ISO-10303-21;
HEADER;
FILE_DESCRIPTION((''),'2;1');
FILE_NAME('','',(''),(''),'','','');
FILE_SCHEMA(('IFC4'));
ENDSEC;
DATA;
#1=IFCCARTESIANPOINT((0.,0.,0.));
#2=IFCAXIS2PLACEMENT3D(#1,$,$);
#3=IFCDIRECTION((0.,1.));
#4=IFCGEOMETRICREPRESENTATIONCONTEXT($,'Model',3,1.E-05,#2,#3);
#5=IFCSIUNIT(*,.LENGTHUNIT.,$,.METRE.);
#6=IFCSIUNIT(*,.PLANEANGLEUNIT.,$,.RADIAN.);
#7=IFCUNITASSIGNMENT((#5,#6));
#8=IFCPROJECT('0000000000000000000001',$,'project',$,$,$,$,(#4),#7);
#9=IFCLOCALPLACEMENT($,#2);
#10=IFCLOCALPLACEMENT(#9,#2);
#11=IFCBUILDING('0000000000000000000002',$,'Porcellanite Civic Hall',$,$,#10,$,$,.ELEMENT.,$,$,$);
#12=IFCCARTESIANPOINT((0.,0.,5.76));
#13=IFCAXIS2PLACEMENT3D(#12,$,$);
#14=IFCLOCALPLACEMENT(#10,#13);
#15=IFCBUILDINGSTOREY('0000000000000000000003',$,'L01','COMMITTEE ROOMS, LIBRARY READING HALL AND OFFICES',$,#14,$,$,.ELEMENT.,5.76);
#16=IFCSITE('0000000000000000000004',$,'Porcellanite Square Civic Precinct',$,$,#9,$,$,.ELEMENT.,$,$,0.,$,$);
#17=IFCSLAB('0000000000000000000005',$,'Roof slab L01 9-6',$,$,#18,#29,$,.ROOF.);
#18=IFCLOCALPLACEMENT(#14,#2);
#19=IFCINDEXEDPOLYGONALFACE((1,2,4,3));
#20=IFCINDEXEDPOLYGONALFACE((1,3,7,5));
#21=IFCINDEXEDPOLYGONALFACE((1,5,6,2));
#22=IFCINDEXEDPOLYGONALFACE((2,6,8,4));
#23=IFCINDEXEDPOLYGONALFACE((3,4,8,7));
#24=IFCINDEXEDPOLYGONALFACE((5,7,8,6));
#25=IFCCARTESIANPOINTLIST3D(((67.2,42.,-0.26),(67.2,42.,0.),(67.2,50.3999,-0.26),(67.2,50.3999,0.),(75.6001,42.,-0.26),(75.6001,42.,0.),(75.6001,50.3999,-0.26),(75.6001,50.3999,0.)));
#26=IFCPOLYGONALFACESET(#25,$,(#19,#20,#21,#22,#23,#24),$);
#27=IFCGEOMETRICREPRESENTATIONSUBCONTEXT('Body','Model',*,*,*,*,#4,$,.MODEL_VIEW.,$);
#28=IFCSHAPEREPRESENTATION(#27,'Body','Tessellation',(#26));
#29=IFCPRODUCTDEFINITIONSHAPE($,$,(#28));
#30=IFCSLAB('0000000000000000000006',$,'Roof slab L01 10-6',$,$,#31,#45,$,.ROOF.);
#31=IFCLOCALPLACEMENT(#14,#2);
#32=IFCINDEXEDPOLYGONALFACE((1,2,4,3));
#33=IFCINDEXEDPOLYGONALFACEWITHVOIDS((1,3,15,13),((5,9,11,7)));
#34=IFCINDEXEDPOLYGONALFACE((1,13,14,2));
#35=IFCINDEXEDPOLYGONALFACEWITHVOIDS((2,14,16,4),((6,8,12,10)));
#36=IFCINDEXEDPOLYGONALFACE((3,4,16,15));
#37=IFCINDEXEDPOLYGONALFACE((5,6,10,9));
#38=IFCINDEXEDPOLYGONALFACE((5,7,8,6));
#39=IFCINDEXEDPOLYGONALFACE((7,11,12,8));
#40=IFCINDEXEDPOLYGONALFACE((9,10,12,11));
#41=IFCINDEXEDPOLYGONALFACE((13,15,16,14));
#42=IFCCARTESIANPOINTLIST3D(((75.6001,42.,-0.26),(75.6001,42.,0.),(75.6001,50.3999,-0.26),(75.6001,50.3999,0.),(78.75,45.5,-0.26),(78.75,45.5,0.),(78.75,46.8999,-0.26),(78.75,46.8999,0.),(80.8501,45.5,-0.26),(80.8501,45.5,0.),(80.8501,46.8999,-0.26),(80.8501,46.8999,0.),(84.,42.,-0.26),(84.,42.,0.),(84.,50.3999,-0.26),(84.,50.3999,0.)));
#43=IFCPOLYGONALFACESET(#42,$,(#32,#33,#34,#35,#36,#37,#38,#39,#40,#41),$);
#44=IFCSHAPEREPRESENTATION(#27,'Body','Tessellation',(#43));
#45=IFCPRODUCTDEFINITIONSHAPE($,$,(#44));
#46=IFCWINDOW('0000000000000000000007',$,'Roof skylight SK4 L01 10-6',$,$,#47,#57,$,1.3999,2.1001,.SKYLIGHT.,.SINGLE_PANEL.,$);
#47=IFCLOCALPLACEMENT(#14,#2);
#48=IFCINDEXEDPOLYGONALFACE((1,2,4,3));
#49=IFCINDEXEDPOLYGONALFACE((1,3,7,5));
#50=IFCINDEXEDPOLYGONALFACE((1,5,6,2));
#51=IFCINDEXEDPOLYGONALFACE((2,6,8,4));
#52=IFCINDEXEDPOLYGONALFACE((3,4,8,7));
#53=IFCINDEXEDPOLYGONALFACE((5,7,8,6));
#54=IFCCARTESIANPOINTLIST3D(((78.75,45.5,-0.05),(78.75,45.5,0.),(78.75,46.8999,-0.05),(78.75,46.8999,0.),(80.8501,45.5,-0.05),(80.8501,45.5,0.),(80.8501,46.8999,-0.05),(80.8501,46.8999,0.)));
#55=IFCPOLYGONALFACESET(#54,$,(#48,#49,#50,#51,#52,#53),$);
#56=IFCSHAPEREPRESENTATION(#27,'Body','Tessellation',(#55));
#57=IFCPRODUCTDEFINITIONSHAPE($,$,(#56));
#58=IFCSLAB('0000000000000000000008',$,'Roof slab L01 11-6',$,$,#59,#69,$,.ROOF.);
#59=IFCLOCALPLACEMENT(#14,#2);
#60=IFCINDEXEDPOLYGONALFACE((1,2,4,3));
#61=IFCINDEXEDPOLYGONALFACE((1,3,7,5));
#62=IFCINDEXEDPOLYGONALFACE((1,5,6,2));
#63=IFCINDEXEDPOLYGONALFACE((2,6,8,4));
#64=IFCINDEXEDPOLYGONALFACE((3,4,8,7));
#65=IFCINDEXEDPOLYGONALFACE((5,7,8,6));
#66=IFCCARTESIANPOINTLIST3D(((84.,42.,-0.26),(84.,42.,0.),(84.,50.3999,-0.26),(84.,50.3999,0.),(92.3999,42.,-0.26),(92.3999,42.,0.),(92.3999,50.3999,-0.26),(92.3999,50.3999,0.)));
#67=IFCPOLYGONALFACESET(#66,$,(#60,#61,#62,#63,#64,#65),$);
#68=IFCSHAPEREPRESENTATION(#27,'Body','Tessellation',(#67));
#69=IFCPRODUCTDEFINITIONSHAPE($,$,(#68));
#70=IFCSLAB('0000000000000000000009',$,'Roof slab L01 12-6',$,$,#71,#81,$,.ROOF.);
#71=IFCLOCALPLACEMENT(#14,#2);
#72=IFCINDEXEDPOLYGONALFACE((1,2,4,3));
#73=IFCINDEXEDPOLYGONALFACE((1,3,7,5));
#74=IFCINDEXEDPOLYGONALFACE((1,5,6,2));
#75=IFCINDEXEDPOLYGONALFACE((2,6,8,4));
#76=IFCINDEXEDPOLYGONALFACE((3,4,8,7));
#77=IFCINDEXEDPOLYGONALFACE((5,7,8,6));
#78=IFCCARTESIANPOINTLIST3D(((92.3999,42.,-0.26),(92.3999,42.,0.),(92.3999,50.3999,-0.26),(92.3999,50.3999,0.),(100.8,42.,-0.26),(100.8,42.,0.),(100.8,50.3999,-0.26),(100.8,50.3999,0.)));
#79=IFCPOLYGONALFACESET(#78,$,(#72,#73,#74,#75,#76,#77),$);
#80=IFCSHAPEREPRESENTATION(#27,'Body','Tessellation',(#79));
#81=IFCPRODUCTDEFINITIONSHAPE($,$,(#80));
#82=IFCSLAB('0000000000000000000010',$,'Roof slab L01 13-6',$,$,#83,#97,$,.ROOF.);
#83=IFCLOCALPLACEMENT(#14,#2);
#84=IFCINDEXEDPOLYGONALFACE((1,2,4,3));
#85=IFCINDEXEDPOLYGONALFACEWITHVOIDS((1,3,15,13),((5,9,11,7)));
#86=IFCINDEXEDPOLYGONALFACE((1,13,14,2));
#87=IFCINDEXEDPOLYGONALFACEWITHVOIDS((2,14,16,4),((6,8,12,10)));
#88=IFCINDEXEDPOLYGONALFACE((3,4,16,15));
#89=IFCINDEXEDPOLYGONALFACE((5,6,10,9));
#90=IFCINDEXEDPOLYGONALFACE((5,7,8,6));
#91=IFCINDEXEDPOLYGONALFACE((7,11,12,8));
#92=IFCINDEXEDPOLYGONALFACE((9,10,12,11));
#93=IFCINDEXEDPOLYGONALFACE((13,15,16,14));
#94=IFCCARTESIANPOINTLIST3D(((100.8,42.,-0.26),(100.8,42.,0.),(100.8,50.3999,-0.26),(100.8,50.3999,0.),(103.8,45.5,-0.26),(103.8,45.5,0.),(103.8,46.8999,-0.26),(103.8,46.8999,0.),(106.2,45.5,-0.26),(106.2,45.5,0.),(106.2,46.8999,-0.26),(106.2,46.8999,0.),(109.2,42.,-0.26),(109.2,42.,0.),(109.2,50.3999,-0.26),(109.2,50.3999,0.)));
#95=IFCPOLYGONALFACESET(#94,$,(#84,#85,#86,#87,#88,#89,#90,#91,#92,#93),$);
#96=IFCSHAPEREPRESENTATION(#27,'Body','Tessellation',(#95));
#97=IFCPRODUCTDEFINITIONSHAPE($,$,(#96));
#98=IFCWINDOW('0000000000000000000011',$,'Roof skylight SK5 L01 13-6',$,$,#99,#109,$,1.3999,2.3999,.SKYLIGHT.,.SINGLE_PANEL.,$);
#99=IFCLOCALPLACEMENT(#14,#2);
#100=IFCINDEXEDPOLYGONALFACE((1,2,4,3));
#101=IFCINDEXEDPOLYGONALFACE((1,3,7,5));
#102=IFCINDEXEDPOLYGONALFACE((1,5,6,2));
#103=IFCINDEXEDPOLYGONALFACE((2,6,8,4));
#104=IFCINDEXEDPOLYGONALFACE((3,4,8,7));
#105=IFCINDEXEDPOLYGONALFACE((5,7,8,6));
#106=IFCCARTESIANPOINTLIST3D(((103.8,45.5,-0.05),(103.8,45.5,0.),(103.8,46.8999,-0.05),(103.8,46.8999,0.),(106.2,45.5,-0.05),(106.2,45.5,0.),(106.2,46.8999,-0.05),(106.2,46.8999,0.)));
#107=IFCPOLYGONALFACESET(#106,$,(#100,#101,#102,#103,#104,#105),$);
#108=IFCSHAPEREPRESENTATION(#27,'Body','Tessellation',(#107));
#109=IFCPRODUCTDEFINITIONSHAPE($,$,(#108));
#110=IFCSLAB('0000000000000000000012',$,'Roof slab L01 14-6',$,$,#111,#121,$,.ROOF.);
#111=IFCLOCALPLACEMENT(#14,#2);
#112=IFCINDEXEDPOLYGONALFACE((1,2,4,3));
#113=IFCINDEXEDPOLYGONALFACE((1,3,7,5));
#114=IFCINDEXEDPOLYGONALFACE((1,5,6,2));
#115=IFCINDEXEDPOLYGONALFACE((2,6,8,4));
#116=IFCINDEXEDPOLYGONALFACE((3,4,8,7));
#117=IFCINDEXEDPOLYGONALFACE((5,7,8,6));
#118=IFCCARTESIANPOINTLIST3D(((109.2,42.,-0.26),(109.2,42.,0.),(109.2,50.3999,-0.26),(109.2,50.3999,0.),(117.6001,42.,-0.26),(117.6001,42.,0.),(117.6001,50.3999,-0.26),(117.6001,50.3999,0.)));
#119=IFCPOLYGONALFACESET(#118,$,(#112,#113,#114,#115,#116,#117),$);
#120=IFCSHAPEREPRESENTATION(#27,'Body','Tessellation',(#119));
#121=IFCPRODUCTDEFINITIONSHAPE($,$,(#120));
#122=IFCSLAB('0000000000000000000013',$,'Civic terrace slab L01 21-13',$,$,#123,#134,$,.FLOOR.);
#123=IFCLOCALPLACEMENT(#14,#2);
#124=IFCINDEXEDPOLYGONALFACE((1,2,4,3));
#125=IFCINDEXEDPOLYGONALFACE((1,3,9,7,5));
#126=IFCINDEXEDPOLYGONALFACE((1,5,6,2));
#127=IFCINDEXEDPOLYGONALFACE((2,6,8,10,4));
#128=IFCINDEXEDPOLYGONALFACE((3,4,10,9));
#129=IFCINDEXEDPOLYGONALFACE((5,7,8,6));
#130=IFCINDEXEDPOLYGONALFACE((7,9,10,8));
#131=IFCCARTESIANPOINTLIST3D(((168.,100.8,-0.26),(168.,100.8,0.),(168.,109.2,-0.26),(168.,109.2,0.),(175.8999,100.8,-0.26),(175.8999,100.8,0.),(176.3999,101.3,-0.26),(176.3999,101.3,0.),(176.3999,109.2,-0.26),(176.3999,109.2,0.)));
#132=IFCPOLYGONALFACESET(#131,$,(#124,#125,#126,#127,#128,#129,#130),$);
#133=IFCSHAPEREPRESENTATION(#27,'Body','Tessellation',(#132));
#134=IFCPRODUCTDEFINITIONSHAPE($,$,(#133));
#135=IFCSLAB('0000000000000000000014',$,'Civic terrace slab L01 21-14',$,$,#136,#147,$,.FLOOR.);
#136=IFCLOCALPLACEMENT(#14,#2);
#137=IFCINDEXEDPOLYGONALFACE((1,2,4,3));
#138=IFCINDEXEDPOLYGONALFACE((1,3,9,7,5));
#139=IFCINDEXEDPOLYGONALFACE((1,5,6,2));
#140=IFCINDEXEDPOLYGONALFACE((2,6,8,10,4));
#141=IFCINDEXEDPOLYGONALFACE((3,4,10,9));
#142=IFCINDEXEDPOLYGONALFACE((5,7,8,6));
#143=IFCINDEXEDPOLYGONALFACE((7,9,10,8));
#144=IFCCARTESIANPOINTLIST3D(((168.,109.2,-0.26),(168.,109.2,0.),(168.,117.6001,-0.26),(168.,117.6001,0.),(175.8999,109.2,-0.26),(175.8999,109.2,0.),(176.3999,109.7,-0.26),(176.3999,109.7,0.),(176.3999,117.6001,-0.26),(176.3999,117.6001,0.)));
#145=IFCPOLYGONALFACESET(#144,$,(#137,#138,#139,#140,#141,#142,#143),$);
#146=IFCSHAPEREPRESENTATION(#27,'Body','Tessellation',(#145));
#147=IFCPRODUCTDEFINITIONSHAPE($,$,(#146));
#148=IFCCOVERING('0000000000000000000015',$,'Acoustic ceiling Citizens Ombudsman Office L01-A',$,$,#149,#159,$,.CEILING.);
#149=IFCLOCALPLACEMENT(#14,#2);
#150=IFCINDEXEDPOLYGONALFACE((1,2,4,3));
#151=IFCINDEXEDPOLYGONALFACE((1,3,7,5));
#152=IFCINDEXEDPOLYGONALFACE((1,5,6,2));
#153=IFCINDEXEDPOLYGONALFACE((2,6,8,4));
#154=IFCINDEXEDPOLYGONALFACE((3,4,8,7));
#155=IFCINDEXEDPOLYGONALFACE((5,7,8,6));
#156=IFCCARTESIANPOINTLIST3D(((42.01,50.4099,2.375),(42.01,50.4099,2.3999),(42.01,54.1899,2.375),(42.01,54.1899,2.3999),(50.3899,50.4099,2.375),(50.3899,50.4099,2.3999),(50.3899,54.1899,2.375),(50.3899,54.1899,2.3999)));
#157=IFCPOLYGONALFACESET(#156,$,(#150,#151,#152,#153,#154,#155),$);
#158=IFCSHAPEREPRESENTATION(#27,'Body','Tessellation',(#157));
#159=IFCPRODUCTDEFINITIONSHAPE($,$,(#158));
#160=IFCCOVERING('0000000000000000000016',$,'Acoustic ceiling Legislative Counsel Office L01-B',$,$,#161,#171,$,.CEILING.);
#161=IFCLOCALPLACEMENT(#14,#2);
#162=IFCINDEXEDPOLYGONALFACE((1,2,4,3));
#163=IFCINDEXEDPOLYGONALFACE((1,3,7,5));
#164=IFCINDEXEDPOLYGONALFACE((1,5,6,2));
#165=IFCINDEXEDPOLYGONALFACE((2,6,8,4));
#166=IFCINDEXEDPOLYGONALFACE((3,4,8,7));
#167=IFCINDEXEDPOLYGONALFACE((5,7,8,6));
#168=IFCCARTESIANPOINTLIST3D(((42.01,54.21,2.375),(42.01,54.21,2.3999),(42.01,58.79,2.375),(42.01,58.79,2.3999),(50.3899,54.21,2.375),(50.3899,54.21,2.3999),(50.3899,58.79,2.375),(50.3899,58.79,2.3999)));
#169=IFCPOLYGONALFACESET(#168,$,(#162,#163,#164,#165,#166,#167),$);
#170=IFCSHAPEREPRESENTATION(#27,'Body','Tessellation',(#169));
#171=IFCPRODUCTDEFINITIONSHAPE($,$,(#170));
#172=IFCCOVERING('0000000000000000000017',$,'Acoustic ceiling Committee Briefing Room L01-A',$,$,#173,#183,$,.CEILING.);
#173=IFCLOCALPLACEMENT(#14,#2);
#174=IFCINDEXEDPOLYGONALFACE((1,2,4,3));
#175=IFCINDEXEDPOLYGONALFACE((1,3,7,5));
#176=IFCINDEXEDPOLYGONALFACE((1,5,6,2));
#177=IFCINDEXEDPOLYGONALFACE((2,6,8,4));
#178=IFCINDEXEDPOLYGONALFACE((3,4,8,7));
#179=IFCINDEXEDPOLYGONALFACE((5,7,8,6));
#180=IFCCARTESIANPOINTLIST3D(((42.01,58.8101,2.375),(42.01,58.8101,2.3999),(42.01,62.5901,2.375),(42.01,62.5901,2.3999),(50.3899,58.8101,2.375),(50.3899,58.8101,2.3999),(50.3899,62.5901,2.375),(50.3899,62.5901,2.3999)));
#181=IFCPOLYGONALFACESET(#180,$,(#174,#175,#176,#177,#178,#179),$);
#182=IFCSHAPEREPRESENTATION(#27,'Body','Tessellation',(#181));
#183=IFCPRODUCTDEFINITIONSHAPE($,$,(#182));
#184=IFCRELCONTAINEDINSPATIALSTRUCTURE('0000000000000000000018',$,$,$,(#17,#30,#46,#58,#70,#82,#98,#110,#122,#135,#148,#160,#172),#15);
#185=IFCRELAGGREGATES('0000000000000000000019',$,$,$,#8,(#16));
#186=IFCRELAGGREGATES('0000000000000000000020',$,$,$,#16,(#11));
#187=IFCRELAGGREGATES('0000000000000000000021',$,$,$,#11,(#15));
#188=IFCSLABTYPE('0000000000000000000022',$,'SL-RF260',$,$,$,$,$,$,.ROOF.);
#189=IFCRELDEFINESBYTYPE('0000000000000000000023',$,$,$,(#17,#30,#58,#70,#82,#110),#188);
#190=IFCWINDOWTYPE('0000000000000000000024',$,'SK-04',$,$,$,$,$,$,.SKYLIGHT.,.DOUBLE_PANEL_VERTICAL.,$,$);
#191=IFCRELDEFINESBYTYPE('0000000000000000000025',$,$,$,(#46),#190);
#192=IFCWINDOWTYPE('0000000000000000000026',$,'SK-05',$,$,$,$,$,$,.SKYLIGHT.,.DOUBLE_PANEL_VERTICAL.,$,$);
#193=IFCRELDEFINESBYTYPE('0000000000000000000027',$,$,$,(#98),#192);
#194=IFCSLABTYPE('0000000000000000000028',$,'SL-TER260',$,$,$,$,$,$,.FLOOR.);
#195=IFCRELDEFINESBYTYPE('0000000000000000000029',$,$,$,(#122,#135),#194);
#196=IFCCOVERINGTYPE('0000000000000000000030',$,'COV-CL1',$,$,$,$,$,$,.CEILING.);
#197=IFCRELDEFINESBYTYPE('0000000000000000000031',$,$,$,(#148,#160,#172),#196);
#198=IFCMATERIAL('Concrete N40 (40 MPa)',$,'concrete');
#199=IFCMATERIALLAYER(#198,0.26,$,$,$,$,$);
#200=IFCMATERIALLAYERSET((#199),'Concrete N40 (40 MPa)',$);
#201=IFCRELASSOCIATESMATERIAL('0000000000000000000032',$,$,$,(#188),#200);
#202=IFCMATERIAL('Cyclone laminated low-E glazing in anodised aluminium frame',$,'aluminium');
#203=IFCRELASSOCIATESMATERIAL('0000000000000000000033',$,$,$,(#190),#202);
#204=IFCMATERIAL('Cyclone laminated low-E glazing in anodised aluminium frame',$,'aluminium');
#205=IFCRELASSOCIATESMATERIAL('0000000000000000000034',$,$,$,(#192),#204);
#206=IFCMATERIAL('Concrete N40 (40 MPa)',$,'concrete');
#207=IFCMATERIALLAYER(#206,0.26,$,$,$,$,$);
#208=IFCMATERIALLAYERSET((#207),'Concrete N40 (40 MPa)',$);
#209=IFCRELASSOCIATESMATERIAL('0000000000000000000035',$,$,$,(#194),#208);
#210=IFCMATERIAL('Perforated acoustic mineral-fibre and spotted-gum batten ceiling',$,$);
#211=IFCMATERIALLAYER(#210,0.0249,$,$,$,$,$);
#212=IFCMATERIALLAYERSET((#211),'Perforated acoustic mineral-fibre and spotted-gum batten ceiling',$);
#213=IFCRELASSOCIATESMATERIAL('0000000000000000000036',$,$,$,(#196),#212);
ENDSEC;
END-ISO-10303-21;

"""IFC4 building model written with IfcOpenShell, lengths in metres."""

from ifc_helpers import new_model, si_unit, direction, frame, origin, origin_2d, place, context, subcontext, project, spatial, polyline, rectangle, outline, extrude, material, layer, layer_set, type_object, element, fill, save


model = new_model("IFC4")

# Units and contexts
model_context = context("Model", 3, precision=1e-05, world=origin(), true_north=direction((0.0, 1.0)))
body_context = subcontext(model_context, "Body", "Model", "MODEL_VIEW")
ifc_project = project(units=[si_unit("LENGTHUNIT", "METRE"), si_unit("PLANEANGLEUNIT", "RADIAN")], contexts=[model_context])

# Site, building, storey
site_placement = place(None, origin())
site = spatial("IfcSite", under=ifc_project, at=site_placement, Name="Porcellanite Square Civic Precinct", CompositionType="ELEMENT", RefElevation=0.0)
building_placement = place(site_placement, origin())
building = spatial("IfcBuilding", under=site, at=building_placement, Name="Porcellanite Civic Hall", CompositionType="ELEMENT")
storey_placement = place(building_placement, frame((0.0, 0.0, 5.76)))
storey = spatial("IfcBuildingStorey", under=building, at=storey_placement, Name="L01", Description="COMMITTEE ROOMS, LIBRARY READING HALL AND OFFICES", CompositionType="ELEMENT", Elevation=5.76)

# Slab
ifc_material_1 = material(Name="Concrete N40 (40 MPa)", Category="concrete")
ifc_layer_1 = layer(ifc_material_1, 0.26)
ifc_layer_set_1 = layer_set([ifc_layer_1], Name="Concrete N40 (40 MPa)")
slab_type_1 = type_object("IfcSlabType", Name="SL-RF260", PredefinedType="ROOF", material=ifc_layer_set_1)
slab_1_placement = place(storey_placement, frame((0.0, 0.0, -0.26)))
element("IfcSlab", 1, at=slab_1_placement, inside=storey, type_object=slab_type_1, Name="Roof slab L01 9-6", PredefinedType="ROOF", context=body_context, shape_type="SweptSolid", body=[
    extrude(outline(polyline([(67.2, 42.0), (75.6001, 42.0), (75.6001, 50.3999), (67.2, 50.3999), (67.2, 42.0)])), origin(), (0.0, 0.0, 1.0), 0.26),
])

# Slab, opening, window
slab_2_placement = place(storey_placement, frame((0.0, 0.0, -0.26)))
slab_2 = element("IfcSlab", 2, at=slab_2_placement, inside=storey, type_object=slab_type_1, Name="Roof slab L01 10-6", PredefinedType="ROOF", context=body_context, shape_type="SweptSolid", body=[
    extrude(outline(polyline([(75.6001, 42.0), (84.0, 42.0), (84.0, 50.3999), (75.6001, 50.3999), (75.6001, 42.0)])), origin(), (0.0, 0.0, 1.0), 0.26),
])
opening_1_placement = place(slab_2_placement, frame((79.8, 46.2, 0.0)))
opening_1 = element("IfcOpeningElement", 3, at=opening_1_placement, cuts=slab_2, PredefinedType="OPENING", context=body_context, shape_type="SweptSolid", body=[
    extrude(rectangle(XDim=2.1001, YDim=1.3999, at=origin_2d()), origin(), (0.0, 0.0, 1.0), 0.26),
])
ifc_material_2 = material(Name="Cyclone laminated low-E glazing in anodised aluminium frame", Category="aluminium")
window_type_1 = type_object("IfcWindowType", Name="SK-04", PartitioningType="DOUBLE_PANEL_VERTICAL", PredefinedType="SKYLIGHT", material=ifc_material_2)
window_1_placement = place(opening_1_placement, frame((0.0, 0.0, 0.21)))
window_1 = element("IfcWindow", 4, at=window_1_placement, inside=storey, type_object=window_type_1, Name="Roof skylight SK4 L01 10-6", OverallHeight=1.3999, OverallWidth=2.1001, PartitioningType="SINGLE_PANEL", PredefinedType="SKYLIGHT", context=body_context, shape_type="SweptSolid", body=[
    extrude(rectangle(XDim=2.1001, YDim=1.3999, at=origin_2d()), origin(), (0.0, 0.0, 1.0), 0.05),
])
fill(opening_1, window_1)

# Slabs
slab_3_placement = place(storey_placement, frame((0.0, 0.0, -0.26)))
element("IfcSlab", 5, at=slab_3_placement, inside=storey, type_object=slab_type_1, Name="Roof slab L01 11-6", PredefinedType="ROOF", context=body_context, shape_type="SweptSolid", body=[
    extrude(outline(polyline([(84.0, 42.0), (92.3999, 42.0), (92.3999, 50.3999), (84.0, 50.3999), (84.0, 42.0)])), origin(), (0.0, 0.0, 1.0), 0.26),
])
slab_4_placement = place(storey_placement, frame((0.0, 0.0, -0.26)))
element("IfcSlab", 6, at=slab_4_placement, inside=storey, type_object=slab_type_1, Name="Roof slab L01 12-6", PredefinedType="ROOF", context=body_context, shape_type="SweptSolid", body=[
    extrude(outline(polyline([(92.3999, 42.0), (100.8, 42.0), (100.8, 50.3999), (92.3999, 50.3999), (92.3999, 42.0)])), origin(), (0.0, 0.0, 1.0), 0.26),
])

# Slab, opening, window
slab_5_placement = place(storey_placement, frame((0.0, 0.0, -0.26)))
slab_5 = element("IfcSlab", 7, at=slab_5_placement, inside=storey, type_object=slab_type_1, Name="Roof slab L01 13-6", PredefinedType="ROOF", context=body_context, shape_type="SweptSolid", body=[
    extrude(outline(polyline([(100.8, 42.0), (109.2, 42.0), (109.2, 50.3999), (100.8, 50.3999), (100.8, 42.0)])), origin(), (0.0, 0.0, 1.0), 0.26),
])
opening_2_placement = place(slab_5_placement, frame((105.0, 46.2, 0.0)))
opening_2 = element("IfcOpeningElement", 8, at=opening_2_placement, cuts=slab_5, PredefinedType="OPENING", context=body_context, shape_type="SweptSolid", body=[
    extrude(rectangle(XDim=2.3999, YDim=1.3999, at=origin_2d()), origin(), (0.0, 0.0, 1.0), 0.26),
])
ifc_material_3 = material(Name="Cyclone laminated low-E glazing in anodised aluminium frame", Category="aluminium")
window_type_2 = type_object("IfcWindowType", Name="SK-05", PartitioningType="DOUBLE_PANEL_VERTICAL", PredefinedType="SKYLIGHT", material=ifc_material_3)
window_2_placement = place(opening_2_placement, frame((0.0, 0.0, 0.21)))
window_2 = element("IfcWindow", 9, at=window_2_placement, inside=storey, type_object=window_type_2, Name="Roof skylight SK5 L01 13-6", OverallHeight=1.3999, OverallWidth=2.3999, PartitioningType="SINGLE_PANEL", PredefinedType="SKYLIGHT", context=body_context, shape_type="SweptSolid", body=[
    extrude(rectangle(XDim=2.3999, YDim=1.3999, at=origin_2d()), origin(), (0.0, 0.0, 1.0), 0.05),
])
fill(opening_2, window_2)

# Slabs
slab_6_placement = place(storey_placement, frame((0.0, 0.0, -0.26)))
element("IfcSlab", 10, at=slab_6_placement, inside=storey, type_object=slab_type_1, Name="Roof slab L01 14-6", PredefinedType="ROOF", context=body_context, shape_type="SweptSolid", body=[
    extrude(outline(polyline([(109.2, 42.0), (117.6001, 42.0), (117.6001, 50.3999), (109.2, 50.3999), (109.2, 42.0)])), origin(), (0.0, 0.0, 1.0), 0.26),
])
ifc_material_4 = material(Name="Concrete N40 (40 MPa)", Category="concrete")
ifc_layer_2 = layer(ifc_material_4, 0.26)
ifc_layer_set_2 = layer_set([ifc_layer_2], Name="Concrete N40 (40 MPa)")
slab_type_2 = type_object("IfcSlabType", Name="SL-TER260", PredefinedType="FLOOR", material=ifc_layer_set_2)
slab_7_placement = place(storey_placement, frame((0.0, 0.0, -0.26)))
element("IfcSlab", 11, at=slab_7_placement, inside=storey, type_object=slab_type_2, Name="Civic terrace slab L01 21-13", PredefinedType="FLOOR", context=body_context, shape_type="SweptSolid", body=[
    extrude(outline(polyline([(168.0, 100.8), (175.8999, 100.8), (176.3999, 101.3), (176.3999, 109.2), (168.0, 109.2), (168.0, 100.8)])), origin(), (0.0, 0.0, 1.0), 0.26),
])
slab_8_placement = place(storey_placement, frame((0.0, 0.0, -0.26)))
element("IfcSlab", 12, at=slab_8_placement, inside=storey, type_object=slab_type_2, Name="Civic terrace slab L01 21-14", PredefinedType="FLOOR", context=body_context, shape_type="SweptSolid", body=[
    extrude(outline(polyline([(168.0, 109.2), (175.8999, 109.2), (176.3999, 109.7), (176.3999, 117.6001), (168.0, 117.6001), (168.0, 109.2)])), origin(), (0.0, 0.0, 1.0), 0.26),
])

# Coverings
ifc_material_5 = material(Name="Perforated acoustic mineral-fibre and spotted-gum batten ceiling")
ifc_layer_3 = layer(ifc_material_5, 0.0249)
ifc_layer_set_3 = layer_set([ifc_layer_3], Name="Perforated acoustic mineral-fibre and spotted-gum batten ceiling")
covering_type_1 = type_object("IfcCoveringType", Name="COV-CL1", PredefinedType="CEILING", material=ifc_layer_set_3)
covering_1_placement = place(storey_placement, frame((0.0, 0.0, 2.375)))
element("IfcCovering", 13, at=covering_1_placement, inside=storey, type_object=covering_type_1, Name="Acoustic ceiling Citizens Ombudsman Office L01-A", PredefinedType="CEILING", context=body_context, shape_type="SweptSolid", body=[
    extrude(outline(polyline([(42.01, 50.4099), (50.3899, 50.4099), (50.3899, 54.1899), (42.01, 54.1899), (42.01, 50.4099)])), origin(), (0.0, 0.0, 1.0), 0.0249),
])
covering_2_placement = place(storey_placement, frame((0.0, 0.0, 2.375)))
element("IfcCovering", 14, at=covering_2_placement, inside=storey, type_object=covering_type_1, Name="Acoustic ceiling Legislative Counsel Office L01-B", PredefinedType="CEILING", context=body_context, shape_type="SweptSolid", body=[
    extrude(outline(polyline([(42.01, 54.21), (50.3899, 54.21), (50.3899, 58.79), (42.01, 58.79), (42.01, 54.21)])), origin(), (0.0, 0.0, 1.0), 0.0249),
])
covering_3_placement = place(storey_placement, frame((0.0, 0.0, 2.375)))
element("IfcCovering", 15, at=covering_3_placement, inside=storey, type_object=covering_type_1, Name="Acoustic ceiling Committee Briefing Room L01-A", PredefinedType="CEILING", context=body_context, shape_type="SweptSolid", body=[
    extrude(outline(polyline([(42.01, 58.8101), (50.3899, 58.8101), (50.3899, 62.5901), (42.01, 62.5901), (42.01, 58.8101)])), origin(), (0.0, 0.0, 1.0), 0.0249),
])

save(model, "model.ifc")
